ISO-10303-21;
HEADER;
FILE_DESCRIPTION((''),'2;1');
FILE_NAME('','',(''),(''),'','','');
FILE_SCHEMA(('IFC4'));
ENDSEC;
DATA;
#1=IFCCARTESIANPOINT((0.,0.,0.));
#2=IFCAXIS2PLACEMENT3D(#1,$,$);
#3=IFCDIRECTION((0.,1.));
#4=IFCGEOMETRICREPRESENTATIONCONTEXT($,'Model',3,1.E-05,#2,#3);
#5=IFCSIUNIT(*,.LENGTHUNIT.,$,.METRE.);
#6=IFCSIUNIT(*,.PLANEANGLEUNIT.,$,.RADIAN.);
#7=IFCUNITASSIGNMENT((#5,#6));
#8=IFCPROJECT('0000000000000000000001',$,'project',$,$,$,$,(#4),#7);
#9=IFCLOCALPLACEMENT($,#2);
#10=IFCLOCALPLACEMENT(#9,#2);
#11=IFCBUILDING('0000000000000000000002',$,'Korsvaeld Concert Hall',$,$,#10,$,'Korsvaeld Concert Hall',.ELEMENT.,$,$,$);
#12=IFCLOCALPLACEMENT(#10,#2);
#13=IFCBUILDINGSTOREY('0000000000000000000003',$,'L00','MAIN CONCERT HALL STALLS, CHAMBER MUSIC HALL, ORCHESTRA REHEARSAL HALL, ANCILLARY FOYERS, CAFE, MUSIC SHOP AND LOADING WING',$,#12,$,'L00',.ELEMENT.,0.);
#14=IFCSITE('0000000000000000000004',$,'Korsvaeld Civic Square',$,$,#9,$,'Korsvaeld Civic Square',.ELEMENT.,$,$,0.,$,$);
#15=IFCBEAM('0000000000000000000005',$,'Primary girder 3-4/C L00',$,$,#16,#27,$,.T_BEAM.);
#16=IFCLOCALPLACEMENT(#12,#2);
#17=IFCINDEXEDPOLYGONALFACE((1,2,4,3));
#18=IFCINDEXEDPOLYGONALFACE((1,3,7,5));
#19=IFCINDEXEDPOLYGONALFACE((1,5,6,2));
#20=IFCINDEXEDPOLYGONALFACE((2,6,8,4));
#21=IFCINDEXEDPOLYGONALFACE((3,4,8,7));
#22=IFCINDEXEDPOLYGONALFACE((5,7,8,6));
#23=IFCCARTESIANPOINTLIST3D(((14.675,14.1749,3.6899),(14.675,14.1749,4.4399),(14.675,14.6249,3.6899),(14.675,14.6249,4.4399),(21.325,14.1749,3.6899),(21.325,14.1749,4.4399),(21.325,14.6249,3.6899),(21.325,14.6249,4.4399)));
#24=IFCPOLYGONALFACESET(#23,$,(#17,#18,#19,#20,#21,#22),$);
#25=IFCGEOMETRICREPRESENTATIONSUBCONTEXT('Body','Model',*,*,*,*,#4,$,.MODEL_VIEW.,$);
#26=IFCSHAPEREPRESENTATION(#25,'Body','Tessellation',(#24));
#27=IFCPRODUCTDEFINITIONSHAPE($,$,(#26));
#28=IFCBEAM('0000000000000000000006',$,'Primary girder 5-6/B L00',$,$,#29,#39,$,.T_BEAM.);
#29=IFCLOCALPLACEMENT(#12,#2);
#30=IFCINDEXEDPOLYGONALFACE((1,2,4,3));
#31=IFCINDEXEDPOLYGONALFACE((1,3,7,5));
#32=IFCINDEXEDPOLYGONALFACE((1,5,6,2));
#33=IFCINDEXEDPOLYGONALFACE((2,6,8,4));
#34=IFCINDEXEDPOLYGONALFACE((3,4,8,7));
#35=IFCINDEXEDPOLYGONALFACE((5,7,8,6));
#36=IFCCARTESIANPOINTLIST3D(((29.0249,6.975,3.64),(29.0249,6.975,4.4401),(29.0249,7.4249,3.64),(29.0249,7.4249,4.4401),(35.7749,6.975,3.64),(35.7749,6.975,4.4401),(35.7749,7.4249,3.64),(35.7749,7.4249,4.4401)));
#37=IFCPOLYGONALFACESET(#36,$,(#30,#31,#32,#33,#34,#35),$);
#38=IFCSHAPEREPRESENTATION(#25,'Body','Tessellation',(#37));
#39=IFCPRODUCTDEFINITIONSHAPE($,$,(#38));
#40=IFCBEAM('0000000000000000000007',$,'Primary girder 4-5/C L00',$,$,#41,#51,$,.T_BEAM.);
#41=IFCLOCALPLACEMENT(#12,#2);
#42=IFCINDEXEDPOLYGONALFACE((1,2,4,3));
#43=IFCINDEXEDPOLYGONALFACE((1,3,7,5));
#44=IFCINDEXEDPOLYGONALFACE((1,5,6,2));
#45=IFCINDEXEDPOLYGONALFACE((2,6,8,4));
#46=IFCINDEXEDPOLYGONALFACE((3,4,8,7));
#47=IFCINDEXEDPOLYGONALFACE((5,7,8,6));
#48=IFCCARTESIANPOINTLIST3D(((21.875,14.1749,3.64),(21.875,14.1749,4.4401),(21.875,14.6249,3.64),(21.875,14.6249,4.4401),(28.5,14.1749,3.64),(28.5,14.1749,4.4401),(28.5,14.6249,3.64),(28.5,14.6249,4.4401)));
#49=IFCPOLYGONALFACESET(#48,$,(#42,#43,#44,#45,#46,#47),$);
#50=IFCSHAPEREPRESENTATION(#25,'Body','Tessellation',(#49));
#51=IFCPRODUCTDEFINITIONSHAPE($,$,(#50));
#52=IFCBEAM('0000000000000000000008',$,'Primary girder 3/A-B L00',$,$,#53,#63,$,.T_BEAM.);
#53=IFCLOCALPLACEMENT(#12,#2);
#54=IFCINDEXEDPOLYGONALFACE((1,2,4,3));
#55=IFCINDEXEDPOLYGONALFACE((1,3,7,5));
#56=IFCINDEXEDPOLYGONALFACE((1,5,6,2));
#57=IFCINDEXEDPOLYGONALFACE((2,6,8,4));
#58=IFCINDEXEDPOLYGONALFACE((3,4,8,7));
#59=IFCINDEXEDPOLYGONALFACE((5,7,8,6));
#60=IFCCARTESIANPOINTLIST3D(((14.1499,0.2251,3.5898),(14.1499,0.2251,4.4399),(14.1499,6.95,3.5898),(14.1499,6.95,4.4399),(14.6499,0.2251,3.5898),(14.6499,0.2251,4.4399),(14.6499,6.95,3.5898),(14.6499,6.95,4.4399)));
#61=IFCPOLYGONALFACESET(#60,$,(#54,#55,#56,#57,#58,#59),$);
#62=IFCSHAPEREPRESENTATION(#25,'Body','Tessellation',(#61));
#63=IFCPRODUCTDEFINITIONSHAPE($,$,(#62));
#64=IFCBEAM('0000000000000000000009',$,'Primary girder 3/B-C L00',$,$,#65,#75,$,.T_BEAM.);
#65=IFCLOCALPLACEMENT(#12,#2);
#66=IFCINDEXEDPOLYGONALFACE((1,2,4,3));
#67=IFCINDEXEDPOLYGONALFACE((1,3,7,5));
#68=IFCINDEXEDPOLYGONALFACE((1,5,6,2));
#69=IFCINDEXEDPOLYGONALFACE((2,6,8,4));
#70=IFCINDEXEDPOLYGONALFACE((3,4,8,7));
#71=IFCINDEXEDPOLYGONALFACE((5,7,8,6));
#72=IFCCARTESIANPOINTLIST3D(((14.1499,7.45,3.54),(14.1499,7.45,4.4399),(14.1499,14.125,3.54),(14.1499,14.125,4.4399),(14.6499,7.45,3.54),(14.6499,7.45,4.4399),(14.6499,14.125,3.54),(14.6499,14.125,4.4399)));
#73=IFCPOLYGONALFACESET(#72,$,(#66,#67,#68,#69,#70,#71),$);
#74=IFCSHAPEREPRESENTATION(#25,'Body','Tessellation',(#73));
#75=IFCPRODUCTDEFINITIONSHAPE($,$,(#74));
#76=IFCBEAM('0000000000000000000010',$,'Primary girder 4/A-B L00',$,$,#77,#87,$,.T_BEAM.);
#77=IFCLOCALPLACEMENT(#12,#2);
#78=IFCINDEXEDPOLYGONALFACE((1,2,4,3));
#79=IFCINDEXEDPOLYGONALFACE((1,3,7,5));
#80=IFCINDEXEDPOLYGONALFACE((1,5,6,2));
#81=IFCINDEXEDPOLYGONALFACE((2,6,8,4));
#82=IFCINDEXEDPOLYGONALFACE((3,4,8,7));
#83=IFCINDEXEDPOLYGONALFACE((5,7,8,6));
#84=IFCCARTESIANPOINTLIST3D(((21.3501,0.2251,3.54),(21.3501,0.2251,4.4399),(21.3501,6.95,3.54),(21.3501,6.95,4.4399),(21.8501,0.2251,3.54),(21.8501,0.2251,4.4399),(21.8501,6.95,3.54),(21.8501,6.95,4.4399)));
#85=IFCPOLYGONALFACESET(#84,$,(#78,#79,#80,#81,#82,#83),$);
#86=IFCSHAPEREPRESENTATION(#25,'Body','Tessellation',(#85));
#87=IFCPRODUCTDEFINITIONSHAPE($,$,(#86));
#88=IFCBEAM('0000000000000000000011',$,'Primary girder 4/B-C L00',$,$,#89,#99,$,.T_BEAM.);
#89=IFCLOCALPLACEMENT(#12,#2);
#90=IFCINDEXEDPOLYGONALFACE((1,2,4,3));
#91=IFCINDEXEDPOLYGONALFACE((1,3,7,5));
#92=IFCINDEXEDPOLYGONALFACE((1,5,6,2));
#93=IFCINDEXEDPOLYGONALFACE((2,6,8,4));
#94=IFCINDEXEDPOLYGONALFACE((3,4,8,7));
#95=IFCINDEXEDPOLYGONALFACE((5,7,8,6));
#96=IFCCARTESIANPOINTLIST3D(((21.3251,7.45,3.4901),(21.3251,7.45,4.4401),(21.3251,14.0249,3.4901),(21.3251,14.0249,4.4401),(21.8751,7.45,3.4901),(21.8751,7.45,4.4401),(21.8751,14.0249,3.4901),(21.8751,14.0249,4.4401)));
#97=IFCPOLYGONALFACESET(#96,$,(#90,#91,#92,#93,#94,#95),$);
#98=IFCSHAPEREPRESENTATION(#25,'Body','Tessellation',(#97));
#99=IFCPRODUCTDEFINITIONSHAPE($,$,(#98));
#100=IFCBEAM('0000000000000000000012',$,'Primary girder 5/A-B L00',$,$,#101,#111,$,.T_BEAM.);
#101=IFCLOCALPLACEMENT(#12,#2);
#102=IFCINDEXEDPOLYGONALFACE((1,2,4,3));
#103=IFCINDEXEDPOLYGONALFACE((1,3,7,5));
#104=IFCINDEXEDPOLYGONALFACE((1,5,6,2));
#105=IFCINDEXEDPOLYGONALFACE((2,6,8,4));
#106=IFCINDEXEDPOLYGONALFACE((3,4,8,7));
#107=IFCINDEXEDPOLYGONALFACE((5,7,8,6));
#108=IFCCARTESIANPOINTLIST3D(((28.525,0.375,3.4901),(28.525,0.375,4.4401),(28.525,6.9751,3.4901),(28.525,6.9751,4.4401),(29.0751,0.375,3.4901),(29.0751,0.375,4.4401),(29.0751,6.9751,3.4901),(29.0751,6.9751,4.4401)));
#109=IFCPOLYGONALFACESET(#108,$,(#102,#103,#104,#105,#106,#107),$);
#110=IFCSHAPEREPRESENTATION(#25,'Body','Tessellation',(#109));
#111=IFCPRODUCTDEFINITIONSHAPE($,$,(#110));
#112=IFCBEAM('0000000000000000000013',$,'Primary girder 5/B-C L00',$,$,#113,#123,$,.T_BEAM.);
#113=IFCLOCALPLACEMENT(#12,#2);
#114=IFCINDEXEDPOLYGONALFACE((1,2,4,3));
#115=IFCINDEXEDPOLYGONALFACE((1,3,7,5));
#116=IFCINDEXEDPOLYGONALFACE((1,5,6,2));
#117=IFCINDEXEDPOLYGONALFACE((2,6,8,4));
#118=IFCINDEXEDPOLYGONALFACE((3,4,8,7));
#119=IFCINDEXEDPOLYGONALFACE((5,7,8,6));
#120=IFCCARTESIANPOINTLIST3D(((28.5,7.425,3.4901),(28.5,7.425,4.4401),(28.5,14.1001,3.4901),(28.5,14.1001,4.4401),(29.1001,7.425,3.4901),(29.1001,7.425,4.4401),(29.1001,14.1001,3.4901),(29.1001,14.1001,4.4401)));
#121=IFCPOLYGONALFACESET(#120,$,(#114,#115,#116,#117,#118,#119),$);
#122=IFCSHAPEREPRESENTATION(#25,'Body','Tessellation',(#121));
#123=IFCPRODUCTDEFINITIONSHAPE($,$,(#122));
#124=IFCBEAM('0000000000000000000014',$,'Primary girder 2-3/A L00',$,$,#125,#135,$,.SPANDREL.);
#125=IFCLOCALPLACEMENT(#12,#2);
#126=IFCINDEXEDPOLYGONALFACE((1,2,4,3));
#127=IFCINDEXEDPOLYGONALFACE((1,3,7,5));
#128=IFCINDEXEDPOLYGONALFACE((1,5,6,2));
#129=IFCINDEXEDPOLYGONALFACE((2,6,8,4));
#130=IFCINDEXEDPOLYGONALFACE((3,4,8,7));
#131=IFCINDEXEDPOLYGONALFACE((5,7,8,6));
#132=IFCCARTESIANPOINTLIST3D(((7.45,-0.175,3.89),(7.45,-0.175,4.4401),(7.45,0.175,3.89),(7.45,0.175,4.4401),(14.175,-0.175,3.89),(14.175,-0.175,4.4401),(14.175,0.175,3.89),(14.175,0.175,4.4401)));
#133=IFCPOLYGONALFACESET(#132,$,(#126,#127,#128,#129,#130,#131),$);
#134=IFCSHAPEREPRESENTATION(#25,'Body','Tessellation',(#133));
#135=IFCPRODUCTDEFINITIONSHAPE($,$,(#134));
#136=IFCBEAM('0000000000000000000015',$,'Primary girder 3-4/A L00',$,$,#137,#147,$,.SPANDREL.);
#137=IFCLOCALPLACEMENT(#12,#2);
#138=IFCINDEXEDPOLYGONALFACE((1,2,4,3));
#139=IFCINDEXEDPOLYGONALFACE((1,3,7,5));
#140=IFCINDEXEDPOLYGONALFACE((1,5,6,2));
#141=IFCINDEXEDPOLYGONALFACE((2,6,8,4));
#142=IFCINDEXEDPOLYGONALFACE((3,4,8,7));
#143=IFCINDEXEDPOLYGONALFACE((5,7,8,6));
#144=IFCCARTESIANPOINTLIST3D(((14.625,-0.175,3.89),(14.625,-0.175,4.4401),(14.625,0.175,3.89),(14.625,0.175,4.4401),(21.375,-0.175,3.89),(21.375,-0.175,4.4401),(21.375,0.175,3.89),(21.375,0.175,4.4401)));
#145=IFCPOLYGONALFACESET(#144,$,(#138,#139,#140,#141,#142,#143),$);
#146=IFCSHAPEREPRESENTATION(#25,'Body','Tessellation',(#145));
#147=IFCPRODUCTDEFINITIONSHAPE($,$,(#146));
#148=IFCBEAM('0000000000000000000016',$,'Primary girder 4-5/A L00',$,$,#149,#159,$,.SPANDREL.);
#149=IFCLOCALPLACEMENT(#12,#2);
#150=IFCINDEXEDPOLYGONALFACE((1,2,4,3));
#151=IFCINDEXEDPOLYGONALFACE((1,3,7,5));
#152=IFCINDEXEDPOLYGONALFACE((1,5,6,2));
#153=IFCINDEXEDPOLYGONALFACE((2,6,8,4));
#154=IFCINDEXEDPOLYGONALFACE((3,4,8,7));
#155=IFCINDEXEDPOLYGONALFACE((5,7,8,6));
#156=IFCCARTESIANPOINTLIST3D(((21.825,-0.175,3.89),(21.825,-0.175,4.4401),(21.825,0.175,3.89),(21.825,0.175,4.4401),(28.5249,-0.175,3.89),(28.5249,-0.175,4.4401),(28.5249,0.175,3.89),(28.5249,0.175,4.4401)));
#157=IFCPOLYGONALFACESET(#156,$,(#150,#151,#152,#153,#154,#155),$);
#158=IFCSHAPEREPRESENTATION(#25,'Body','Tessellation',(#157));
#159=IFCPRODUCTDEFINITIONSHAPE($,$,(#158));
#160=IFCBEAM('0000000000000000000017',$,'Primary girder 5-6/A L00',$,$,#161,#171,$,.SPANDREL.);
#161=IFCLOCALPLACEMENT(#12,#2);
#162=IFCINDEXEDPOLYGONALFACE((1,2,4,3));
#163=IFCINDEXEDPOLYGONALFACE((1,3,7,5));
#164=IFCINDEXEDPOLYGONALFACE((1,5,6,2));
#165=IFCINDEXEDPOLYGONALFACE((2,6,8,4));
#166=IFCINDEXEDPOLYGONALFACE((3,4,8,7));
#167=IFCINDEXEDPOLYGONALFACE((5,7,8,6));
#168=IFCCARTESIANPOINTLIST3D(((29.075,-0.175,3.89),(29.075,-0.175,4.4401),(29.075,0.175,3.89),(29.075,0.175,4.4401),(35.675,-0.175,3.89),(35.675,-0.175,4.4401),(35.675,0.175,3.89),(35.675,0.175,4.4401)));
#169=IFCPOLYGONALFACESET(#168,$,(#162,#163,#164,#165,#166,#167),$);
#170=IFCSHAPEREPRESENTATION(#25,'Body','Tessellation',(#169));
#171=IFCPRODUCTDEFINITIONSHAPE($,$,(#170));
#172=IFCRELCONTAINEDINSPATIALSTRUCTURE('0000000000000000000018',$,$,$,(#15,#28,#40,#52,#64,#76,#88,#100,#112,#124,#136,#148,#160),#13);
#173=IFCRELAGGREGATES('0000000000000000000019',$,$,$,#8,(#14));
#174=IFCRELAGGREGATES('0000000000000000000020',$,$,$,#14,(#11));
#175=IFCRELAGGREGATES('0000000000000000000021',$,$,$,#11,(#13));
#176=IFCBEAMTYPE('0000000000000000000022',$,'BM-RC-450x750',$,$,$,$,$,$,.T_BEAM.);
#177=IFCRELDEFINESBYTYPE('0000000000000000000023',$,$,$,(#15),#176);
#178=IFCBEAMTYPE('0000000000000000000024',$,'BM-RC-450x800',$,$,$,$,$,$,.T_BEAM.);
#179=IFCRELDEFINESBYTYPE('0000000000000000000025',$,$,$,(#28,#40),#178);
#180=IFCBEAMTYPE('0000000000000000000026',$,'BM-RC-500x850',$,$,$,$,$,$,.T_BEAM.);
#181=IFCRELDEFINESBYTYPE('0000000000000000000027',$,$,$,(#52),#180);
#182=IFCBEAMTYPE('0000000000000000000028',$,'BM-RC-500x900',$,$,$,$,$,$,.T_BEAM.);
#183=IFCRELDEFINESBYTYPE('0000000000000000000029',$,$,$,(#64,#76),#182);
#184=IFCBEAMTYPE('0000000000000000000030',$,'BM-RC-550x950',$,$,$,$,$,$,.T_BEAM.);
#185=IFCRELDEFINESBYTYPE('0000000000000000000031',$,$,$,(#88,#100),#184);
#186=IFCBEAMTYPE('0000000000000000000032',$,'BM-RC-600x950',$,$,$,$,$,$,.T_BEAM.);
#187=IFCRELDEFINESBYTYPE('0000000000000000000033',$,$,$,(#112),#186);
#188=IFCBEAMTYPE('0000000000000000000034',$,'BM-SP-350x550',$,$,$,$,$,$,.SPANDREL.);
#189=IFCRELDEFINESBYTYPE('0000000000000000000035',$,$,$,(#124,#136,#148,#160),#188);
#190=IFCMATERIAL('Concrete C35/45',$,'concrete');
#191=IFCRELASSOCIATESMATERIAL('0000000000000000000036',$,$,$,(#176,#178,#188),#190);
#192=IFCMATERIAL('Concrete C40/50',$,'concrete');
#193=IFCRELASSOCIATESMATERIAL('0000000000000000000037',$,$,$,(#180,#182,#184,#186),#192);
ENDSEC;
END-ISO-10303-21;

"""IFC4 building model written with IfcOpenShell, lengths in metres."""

from ifc_helpers import new_model, si_unit, direction, frame, origin, origin_2d, place, context, subcontext, project, spatial, rectangle, extrude, material, material_profile, profile_set, type_object, element, save


model = new_model("IFC4")

# Units and contexts
model_context = context("Model", 3, precision=1e-05, world=origin(), true_north=direction((0.0, 1.0)))
body_context = subcontext(model_context, "Body", "Model", "MODEL_VIEW")
ifc_project = project(units=[si_unit("LENGTHUNIT", "METRE"), si_unit("PLANEANGLEUNIT", "RADIAN")], contexts=[model_context])

# Site, building, storey
site_placement = place(None, origin())
site = spatial("IfcSite", under=ifc_project, at=site_placement, Name="Korsvaeld Civic Square", LongName="Korsvaeld Civic Square", CompositionType="ELEMENT", RefElevation=0.0)
building_placement = place(site_placement, origin())
building = spatial("IfcBuilding", under=site, at=building_placement, Name="Korsvaeld Concert Hall", LongName="Korsvaeld Concert Hall", CompositionType="ELEMENT")
storey_placement = place(building_placement, origin())
storey = spatial("IfcBuildingStorey", under=building, at=storey_placement, Name="L00", Description="MAIN CONCERT HALL STALLS, CHAMBER MUSIC HALL, ORCHESTRA REHEARSAL HALL, ANCILLARY FOYERS, CAFE, MUSIC SHOP AND LOADING WING", LongName="L00", CompositionType="ELEMENT", Elevation=0.0)

# Shared definitions
ifc_material_1 = material(Name="Concrete C40/50", Category="concrete")

# Beams
ifc_material_2 = material(Name="Concrete C35/45", Category="concrete")
ifc_material_profile_1 = material_profile(ifc_material_2, rectangle(XDim=0.45, YDim=0.75, at=origin_2d()), Name="RC 450x750")
ifc_profile_set_1 = profile_set([ifc_material_profile_1], Name="Concrete C35/45")
beam_type_1 = type_object("IfcBeamType", Name="BM-RC-450x750", PredefinedType="T_BEAM", material=ifc_profile_set_1)
beam_1_placement = place(storey_placement, frame((14.675, 14.3999, 4.0649), z_axis=(1.0, 0.0, 0.0), x_axis=(0.0, 1.0, 0.0)))
element("IfcBeam", 1, at=beam_1_placement, inside=storey, type_object=beam_type_1, Name="Primary girder 3-4/C L00", PredefinedType="T_BEAM", context=body_context, shape_type="SweptSolid", body=[
    extrude(rectangle(XDim=0.45, YDim=0.75, at=origin_2d()), origin(), (0.0, 0.0, 1.0), 6.6499),
])
ifc_material_profile_2 = material_profile(ifc_material_2, rectangle(XDim=0.45, YDim=0.8, at=origin_2d()), Name="RC 450x800")
ifc_profile_set_2 = profile_set([ifc_material_profile_2], Name="Concrete C35/45")
beam_type_2 = type_object("IfcBeamType", Name="BM-RC-450x800", PredefinedType="T_BEAM", material=ifc_profile_set_2)
beam_2_placement = place(storey_placement, frame((29.0249, 7.2, 4.04), z_axis=(1.0, 0.0, 0.0), x_axis=(0.0, 1.0, 0.0)))
element("IfcBeam", 2, at=beam_2_placement, inside=storey, type_object=beam_type_2, Name="Primary girder 5-6/B L00", PredefinedType="T_BEAM", context=body_context, shape_type="SweptSolid", body=[
    extrude(rectangle(XDim=0.45, YDim=0.8, at=origin_2d()), origin(), (0.0, 0.0, 1.0), 6.75),
])
beam_3_placement = place(storey_placement, frame((21.875, 14.3999, 4.04), z_axis=(1.0, 0.0, 0.0), x_axis=(0.0, 1.0, 0.0)))
element("IfcBeam", 3, at=beam_3_placement, inside=storey, type_object=beam_type_2, Name="Primary girder 4-5/C L00", PredefinedType="T_BEAM", context=body_context, shape_type="SweptSolid", body=[
    extrude(rectangle(XDim=0.45, YDim=0.8, at=origin_2d()), origin(), (0.0, 0.0, 1.0), 6.625),
])
ifc_material_profile_3 = material_profile(ifc_material_1, rectangle(XDim=0.5, YDim=0.8501, at=origin_2d()), Name="RC 500x850")
ifc_profile_set_3 = profile_set([ifc_material_profile_3], Name="Concrete C40/50")
beam_type_3 = type_object("IfcBeamType", Name="BM-RC-500x850", PredefinedType="T_BEAM", material=ifc_profile_set_3)
beam_4_placement = place(storey_placement, frame((14.3999, 0.2251, 4.0149), z_axis=(0.0, 1.0, 0.0), x_axis=(-1.0, 0.0, 0.0)))
element("IfcBeam", 4, at=beam_4_placement, inside=storey, type_object=beam_type_3, Name="Primary girder 3/A-B L00", PredefinedType="T_BEAM", context=body_context, shape_type="SweptSolid", body=[
    extrude(rectangle(XDim=0.5, YDim=0.8501, at=origin_2d()), origin(), (0.0, 0.0, 1.0), 6.7249),
])
ifc_material_profile_4 = material_profile(ifc_material_1, rectangle(XDim=0.5, YDim=0.8999, at=origin_2d()), Name="RC 500x900")
ifc_profile_set_4 = profile_set([ifc_material_profile_4], Name="Concrete C40/50")
beam_type_4 = type_object("IfcBeamType", Name="BM-RC-500x900", PredefinedType="T_BEAM", material=ifc_profile_set_4)
beam_5_placement = place(storey_placement, frame((14.3999, 7.45, 3.99), z_axis=(0.0, 1.0, 0.0), x_axis=(-1.0, 0.0, 0.0)))
element("IfcBeam", 5, at=beam_5_placement, inside=storey, type_object=beam_type_4, Name="Primary girder 3/B-C L00", PredefinedType="T_BEAM", context=body_context, shape_type="SweptSolid", body=[
    extrude(rectangle(XDim=0.5, YDim=0.8999, at=origin_2d()), origin(), (0.0, 0.0, 1.0), 6.675),
])
beam_6_placement = place(storey_placement, frame((21.6001, 0.2251, 3.99), z_axis=(0.0, 1.0, 0.0), x_axis=(-1.0, 0.0, 0.0)))
element("IfcBeam", 6, at=beam_6_placement, inside=storey, type_object=beam_type_4, Name="Primary girder 4/A-B L00", PredefinedType="T_BEAM", context=body_context, shape_type="SweptSolid", body=[
    extrude(rectangle(XDim=0.5, YDim=0.8999, at=origin_2d()), origin(), (0.0, 0.0, 1.0), 6.7249),
])
ifc_material_profile_5 = material_profile(ifc_material_1, rectangle(XDim=0.55, YDim=0.95, at=origin_2d()), Name="RC 550x950")
ifc_profile_set_5 = profile_set([ifc_material_profile_5], Name="Concrete C40/50")
beam_type_5 = type_object("IfcBeamType", Name="BM-RC-550x950", PredefinedType="T_BEAM", material=ifc_profile_set_5)
beam_7_placement = place(storey_placement, frame((21.6001, 7.45, 3.9651), z_axis=(0.0, 1.0, 0.0), x_axis=(-1.0, 0.0, 0.0)))
element("IfcBeam", 7, at=beam_7_placement, inside=storey, type_object=beam_type_5, Name="Primary girder 4/B-C L00", PredefinedType="T_BEAM", context=body_context, shape_type="SweptSolid", body=[
    extrude(rectangle(XDim=0.55, YDim=0.95, at=origin_2d()), origin(), (0.0, 0.0, 1.0), 6.575),
])
beam_8_placement = place(storey_placement, frame((28.8, 0.375, 3.9651), z_axis=(0.0, 1.0, 0.0), x_axis=(-1.0, 0.0, 0.0)))
element("IfcBeam", 8, at=beam_8_placement, inside=storey, type_object=beam_type_5, Name="Primary girder 5/A-B L00", PredefinedType="T_BEAM", context=body_context, shape_type="SweptSolid", body=[
    extrude(rectangle(XDim=0.55, YDim=0.95, at=origin_2d()), origin(), (0.0, 0.0, 1.0), 6.6001),
])
ifc_material_profile_6 = material_profile(ifc_material_1, rectangle(XDim=0.6001, YDim=0.95, at=origin_2d()), Name="RC 600x950")
ifc_profile_set_6 = profile_set([ifc_material_profile_6], Name="Concrete C40/50")
beam_type_6 = type_object("IfcBeamType", Name="BM-RC-600x950", PredefinedType="T_BEAM", material=ifc_profile_set_6)
beam_9_placement = place(storey_placement, frame((28.8, 7.425, 3.9651), z_axis=(0.0, 1.0, 0.0), x_axis=(-1.0, 0.0, 0.0)))
element("IfcBeam", 9, at=beam_9_placement, inside=storey, type_object=beam_type_6, Name="Primary girder 5/B-C L00", PredefinedType="T_BEAM", context=body_context, shape_type="SweptSolid", body=[
    extrude(rectangle(XDim=0.6001, YDim=0.95, at=origin_2d()), origin(), (0.0, 0.0, 1.0), 6.675),
])
ifc_material_profile_7 = material_profile(ifc_material_2, rectangle(XDim=0.3501, YDim=0.55, at=origin_2d()), Name="RC 350x550")
ifc_profile_set_7 = profile_set([ifc_material_profile_7], Name="Concrete C35/45")
beam_type_7 = type_object("IfcBeamType", Name="BM-SP-350x550", PredefinedType="SPANDREL", material=ifc_profile_set_7)
beam_10_placement = place(storey_placement, frame((7.45, 0.0, 4.165), z_axis=(1.0, 0.0, 0.0), x_axis=(0.0, 1.0, 0.0)))
element("IfcBeam", 10, at=beam_10_placement, inside=storey, type_object=beam_type_7, Name="Primary girder 2-3/A L00", PredefinedType="SPANDREL", context=body_context, shape_type="SweptSolid", body=[
    extrude(rectangle(XDim=0.3501, YDim=0.55, at=origin_2d()), origin(), (0.0, 0.0, 1.0), 6.7251),
])
beam_11_placement = place(storey_placement, frame((14.625, 0.0, 4.165), z_axis=(1.0, 0.0, 0.0), x_axis=(0.0, 1.0, 0.0)))
element("IfcBeam", 11, at=beam_11_placement, inside=storey, type_object=beam_type_7, Name="Primary girder 3-4/A L00", PredefinedType="SPANDREL", context=body_context, shape_type="SweptSolid", body=[
    extrude(rectangle(XDim=0.3501, YDim=0.55, at=origin_2d()), origin(), (0.0, 0.0, 1.0), 6.75),
])
beam_12_placement = place(storey_placement, frame((21.825, 0.0, 4.165), z_axis=(1.0, 0.0, 0.0), x_axis=(0.0, 1.0, 0.0)))
element("IfcBeam", 12, at=beam_12_placement, inside=storey, type_object=beam_type_7, Name="Primary girder 4-5/A L00", PredefinedType="SPANDREL", context=body_context, shape_type="SweptSolid", body=[
    extrude(rectangle(XDim=0.3501, YDim=0.55, at=origin_2d()), origin(), (0.0, 0.0, 1.0), 6.7),
])
beam_13_placement = place(storey_placement, frame((29.075, 0.0, 4.165), z_axis=(1.0, 0.0, 0.0), x_axis=(0.0, 1.0, 0.0)))
element("IfcBeam", 13, at=beam_13_placement, inside=storey, type_object=beam_type_7, Name="Primary girder 5-6/A L00", PredefinedType="SPANDREL", context=body_context, shape_type="SweptSolid", body=[
    extrude(rectangle(XDim=0.3501, YDim=0.55, at=origin_2d()), origin(), (0.0, 0.0, 1.0), 6.6001),
])

save(model, "model.ifc")
